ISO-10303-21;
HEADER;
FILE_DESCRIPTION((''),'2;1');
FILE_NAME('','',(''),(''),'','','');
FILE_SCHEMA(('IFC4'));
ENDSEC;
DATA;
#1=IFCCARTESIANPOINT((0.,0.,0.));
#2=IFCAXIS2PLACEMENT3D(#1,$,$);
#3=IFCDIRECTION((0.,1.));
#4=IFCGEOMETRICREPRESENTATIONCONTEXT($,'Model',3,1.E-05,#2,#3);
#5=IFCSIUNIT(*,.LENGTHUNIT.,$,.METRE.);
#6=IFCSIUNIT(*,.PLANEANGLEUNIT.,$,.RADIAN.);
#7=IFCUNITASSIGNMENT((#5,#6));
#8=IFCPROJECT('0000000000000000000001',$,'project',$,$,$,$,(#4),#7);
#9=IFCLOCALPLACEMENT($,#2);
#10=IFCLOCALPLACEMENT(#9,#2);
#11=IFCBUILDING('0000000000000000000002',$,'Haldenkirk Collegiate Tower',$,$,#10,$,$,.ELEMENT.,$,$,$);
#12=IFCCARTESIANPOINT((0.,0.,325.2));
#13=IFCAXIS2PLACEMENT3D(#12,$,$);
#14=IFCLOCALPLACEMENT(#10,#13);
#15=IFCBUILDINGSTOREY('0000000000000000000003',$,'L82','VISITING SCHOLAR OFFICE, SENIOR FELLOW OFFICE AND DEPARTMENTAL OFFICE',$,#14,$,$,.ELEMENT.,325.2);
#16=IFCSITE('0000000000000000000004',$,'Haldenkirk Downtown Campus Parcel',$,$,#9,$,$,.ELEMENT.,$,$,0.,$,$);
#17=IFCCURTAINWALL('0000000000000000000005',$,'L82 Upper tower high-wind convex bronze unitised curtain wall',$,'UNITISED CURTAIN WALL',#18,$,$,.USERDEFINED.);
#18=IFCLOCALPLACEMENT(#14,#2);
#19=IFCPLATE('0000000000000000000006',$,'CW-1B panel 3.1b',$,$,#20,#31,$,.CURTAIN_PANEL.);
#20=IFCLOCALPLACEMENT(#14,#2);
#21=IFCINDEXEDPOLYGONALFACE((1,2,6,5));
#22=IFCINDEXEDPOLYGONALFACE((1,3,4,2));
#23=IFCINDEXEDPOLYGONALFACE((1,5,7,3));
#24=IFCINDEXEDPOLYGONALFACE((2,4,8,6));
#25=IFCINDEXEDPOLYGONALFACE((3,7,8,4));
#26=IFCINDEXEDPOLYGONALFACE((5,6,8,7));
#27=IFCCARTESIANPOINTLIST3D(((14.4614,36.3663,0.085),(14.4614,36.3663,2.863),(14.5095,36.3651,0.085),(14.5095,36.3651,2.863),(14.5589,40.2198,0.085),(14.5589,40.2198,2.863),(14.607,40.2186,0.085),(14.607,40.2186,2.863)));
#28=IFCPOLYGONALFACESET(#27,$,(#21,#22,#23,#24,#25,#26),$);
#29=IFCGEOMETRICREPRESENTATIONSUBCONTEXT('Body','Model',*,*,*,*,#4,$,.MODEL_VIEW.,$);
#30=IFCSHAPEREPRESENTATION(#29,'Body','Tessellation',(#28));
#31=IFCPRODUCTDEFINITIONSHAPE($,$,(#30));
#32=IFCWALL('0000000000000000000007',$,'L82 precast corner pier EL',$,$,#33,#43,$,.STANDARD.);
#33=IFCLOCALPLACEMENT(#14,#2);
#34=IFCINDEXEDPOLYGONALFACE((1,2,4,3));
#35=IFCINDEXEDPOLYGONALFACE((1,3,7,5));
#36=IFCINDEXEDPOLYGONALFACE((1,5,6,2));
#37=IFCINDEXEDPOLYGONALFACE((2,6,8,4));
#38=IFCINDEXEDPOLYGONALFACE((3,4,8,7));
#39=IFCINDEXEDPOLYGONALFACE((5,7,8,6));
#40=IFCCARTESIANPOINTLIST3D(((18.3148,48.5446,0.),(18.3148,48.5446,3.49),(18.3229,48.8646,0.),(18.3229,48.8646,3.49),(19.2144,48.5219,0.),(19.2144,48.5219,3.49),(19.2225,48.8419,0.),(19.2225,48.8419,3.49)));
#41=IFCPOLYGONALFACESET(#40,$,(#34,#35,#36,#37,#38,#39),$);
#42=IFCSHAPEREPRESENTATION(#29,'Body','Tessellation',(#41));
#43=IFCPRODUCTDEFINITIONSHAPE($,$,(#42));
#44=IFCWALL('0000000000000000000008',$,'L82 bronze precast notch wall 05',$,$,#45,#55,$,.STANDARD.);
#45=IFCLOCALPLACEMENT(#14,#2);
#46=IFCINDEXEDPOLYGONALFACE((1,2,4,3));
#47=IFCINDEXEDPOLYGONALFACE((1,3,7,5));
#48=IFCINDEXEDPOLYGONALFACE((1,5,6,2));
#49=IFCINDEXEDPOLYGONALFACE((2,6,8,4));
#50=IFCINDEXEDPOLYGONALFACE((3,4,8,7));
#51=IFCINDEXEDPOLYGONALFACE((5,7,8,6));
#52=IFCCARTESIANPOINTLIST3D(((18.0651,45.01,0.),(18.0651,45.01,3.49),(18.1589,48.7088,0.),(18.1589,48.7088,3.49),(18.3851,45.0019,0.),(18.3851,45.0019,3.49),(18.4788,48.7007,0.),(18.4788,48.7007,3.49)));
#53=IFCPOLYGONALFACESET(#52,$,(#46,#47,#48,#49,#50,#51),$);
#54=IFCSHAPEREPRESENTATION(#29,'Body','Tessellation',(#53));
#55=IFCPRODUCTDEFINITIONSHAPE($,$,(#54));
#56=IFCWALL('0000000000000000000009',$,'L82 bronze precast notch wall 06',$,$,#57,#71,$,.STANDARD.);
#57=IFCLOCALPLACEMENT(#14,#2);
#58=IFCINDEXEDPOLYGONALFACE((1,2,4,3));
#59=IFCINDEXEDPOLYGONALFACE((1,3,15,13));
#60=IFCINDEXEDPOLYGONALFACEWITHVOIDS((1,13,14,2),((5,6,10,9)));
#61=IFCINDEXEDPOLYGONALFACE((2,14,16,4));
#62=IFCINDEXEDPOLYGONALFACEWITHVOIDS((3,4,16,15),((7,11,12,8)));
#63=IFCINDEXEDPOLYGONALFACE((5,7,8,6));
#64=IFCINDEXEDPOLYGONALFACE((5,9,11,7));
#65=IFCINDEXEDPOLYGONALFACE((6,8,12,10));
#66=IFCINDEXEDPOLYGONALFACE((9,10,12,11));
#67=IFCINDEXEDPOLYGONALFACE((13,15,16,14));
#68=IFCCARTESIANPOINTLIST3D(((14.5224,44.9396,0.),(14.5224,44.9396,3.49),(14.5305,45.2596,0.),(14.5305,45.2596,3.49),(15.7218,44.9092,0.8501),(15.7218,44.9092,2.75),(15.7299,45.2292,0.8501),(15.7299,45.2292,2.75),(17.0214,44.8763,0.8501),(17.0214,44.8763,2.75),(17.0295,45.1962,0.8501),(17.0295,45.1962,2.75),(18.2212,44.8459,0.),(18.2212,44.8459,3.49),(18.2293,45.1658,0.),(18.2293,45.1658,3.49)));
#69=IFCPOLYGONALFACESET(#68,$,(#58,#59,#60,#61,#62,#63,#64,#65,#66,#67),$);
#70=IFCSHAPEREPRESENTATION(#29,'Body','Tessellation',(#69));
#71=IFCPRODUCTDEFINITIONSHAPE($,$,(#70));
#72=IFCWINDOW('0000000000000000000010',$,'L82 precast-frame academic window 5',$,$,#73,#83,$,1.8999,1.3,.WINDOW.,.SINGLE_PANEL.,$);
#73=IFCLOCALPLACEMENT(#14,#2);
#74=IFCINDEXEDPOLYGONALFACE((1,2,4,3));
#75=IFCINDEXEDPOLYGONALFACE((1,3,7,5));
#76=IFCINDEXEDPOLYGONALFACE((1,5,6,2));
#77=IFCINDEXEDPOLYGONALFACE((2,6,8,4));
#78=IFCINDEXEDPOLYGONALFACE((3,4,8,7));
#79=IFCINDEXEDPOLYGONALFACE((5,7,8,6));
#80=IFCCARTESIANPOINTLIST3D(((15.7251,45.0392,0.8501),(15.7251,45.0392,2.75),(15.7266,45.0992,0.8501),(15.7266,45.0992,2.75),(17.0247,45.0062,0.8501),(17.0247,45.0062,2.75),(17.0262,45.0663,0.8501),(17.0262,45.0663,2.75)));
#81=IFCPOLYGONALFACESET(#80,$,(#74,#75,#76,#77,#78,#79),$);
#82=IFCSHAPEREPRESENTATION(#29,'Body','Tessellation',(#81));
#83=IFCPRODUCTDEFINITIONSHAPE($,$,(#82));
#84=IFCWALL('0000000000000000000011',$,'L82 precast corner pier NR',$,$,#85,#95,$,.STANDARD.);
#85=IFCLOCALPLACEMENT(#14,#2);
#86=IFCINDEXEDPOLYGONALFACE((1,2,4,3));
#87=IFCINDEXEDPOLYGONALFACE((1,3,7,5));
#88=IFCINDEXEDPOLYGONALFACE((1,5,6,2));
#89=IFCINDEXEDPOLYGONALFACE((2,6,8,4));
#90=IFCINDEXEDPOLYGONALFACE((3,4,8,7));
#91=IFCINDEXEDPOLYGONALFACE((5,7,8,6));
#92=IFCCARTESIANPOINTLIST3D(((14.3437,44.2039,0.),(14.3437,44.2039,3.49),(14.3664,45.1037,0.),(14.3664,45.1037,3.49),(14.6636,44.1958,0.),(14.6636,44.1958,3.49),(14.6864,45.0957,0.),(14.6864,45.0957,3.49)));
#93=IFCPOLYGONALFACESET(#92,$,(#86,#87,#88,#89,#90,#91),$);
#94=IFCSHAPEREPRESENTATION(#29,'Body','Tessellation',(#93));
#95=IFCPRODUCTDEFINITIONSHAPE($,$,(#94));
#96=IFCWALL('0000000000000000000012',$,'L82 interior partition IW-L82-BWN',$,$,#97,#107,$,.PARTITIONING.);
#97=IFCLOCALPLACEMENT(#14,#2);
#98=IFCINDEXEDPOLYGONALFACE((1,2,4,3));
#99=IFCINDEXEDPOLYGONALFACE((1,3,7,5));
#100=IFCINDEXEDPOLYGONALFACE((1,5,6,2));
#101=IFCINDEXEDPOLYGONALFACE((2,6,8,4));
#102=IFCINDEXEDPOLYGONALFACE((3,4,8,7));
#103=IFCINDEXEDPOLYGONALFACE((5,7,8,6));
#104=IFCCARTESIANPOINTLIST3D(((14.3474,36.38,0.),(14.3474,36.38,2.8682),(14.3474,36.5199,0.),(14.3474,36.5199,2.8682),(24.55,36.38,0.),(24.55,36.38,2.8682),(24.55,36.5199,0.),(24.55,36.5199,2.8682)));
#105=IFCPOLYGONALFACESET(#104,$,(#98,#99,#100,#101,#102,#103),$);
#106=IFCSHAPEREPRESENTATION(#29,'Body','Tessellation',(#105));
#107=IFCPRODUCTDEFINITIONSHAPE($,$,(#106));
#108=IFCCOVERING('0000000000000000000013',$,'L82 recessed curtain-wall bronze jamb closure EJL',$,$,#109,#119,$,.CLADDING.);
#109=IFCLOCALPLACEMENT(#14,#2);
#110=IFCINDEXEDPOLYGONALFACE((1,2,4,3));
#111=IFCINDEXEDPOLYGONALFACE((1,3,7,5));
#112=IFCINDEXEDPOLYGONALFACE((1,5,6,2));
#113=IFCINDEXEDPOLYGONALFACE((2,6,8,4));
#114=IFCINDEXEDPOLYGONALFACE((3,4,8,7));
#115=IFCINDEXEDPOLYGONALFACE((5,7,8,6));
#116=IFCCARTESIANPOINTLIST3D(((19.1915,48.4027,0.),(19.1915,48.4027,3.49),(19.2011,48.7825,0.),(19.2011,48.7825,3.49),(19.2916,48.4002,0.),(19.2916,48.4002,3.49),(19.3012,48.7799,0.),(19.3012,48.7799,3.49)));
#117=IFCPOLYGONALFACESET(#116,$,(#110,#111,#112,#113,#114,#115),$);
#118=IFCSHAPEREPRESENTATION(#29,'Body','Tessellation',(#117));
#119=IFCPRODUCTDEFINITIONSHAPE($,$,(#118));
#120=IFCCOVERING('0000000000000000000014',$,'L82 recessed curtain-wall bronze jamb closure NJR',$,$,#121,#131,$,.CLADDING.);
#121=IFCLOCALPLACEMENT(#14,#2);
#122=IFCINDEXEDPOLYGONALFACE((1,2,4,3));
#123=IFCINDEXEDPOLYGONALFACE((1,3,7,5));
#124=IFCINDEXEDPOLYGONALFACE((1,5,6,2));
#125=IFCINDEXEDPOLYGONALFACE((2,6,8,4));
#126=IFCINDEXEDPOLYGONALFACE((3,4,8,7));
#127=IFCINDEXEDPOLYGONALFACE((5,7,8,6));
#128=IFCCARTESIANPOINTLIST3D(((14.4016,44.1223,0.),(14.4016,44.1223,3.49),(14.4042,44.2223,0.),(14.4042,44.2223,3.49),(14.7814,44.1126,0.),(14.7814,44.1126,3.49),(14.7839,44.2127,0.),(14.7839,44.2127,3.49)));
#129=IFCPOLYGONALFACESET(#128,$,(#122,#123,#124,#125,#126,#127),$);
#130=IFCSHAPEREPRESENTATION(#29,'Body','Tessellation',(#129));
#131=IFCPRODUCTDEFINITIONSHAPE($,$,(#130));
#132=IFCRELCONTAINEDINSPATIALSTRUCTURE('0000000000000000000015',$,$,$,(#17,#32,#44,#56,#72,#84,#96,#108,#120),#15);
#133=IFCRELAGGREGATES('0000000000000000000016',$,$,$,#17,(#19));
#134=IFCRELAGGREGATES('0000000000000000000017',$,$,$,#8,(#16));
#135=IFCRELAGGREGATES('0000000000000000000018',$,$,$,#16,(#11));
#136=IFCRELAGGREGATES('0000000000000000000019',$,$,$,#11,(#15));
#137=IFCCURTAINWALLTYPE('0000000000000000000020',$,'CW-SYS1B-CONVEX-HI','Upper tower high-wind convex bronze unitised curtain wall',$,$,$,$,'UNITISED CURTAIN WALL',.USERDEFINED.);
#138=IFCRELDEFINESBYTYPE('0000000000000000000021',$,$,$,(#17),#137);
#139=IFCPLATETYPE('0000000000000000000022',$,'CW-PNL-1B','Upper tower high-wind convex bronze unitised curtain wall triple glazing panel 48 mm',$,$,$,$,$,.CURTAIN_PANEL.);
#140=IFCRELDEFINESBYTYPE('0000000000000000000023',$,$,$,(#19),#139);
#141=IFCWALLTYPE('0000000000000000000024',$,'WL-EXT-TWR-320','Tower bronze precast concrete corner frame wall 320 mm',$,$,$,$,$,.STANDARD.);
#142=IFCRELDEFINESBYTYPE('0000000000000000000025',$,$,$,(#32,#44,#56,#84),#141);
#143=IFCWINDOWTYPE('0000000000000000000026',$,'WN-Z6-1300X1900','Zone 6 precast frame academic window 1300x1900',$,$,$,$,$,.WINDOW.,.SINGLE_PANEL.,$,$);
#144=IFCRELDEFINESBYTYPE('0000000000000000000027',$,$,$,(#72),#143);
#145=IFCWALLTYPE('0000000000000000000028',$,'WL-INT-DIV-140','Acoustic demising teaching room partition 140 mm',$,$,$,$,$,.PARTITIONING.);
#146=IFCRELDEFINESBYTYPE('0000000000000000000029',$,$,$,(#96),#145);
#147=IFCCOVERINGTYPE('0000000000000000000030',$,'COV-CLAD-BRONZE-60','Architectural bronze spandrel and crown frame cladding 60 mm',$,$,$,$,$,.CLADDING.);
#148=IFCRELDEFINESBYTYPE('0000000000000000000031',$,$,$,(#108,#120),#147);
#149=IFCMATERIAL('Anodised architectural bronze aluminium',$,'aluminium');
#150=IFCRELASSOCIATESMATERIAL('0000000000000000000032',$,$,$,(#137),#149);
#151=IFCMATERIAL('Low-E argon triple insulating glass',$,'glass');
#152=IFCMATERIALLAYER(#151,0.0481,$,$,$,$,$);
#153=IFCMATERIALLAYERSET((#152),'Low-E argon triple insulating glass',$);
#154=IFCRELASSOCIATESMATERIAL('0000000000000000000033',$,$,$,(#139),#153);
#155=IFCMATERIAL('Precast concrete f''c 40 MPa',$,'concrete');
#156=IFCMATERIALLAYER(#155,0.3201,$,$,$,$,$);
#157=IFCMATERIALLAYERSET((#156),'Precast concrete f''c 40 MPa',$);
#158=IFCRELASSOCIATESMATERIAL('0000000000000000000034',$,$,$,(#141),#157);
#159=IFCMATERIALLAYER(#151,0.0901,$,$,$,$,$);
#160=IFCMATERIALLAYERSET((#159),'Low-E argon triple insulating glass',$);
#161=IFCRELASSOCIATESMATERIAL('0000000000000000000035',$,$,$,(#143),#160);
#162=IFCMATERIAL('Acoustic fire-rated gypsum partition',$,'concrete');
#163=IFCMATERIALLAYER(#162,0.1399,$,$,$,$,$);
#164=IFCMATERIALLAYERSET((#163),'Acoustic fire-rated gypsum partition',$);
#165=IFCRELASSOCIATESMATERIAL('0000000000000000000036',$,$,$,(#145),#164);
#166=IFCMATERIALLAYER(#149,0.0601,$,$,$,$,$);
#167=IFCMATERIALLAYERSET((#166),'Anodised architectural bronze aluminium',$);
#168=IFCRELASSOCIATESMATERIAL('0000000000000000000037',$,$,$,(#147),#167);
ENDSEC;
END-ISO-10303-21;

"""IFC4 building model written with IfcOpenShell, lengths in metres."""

from ifc_helpers import new_model, si_unit, direction, frame, frame_2d, origin, origin_2d, place, context, subcontext, project, spatial, rectangle, extrude, source, transform, mapped, material, layer, layer_set, type_object, element, fill, aggregate, save


model = new_model("IFC4")

# Units and contexts
model_context = context("Model", 3, precision=1e-05, world=origin(), true_north=direction((0.0, 1.0)))
body_context = subcontext(model_context, "Body", "Model", "MODEL_VIEW")
ifc_project = project(units=[si_unit("LENGTHUNIT", "METRE"), si_unit("PLANEANGLEUNIT", "RADIAN")], contexts=[model_context])

# Site, building, storey
site_placement = place(None, origin())
site = spatial("IfcSite", under=ifc_project, at=site_placement, Name="Haldenkirk Downtown Campus Parcel", CompositionType="ELEMENT", RefElevation=0.0)
building_placement = place(site_placement, origin())
building = spatial("IfcBuilding", under=site, at=building_placement, Name="Haldenkirk Collegiate Tower", CompositionType="ELEMENT")
storey_placement = place(building_placement, frame((0.0, 0.0, 325.2)))
storey = spatial("IfcBuildingStorey", under=building, at=storey_placement, Name="L82", Description="VISITING SCHOLAR OFFICE, SENIOR FELLOW OFFICE AND DEPARTMENTAL OFFICE", CompositionType="ELEMENT", Elevation=325.2)

# Curtain wall
ifc_material_1 = material(Name="Anodised architectural bronze aluminium", Category="aluminium")
curtain_wall_type = type_object("IfcCurtainWallType", Name="CW-SYS1B-CONVEX-HI", Description="Upper tower high-wind convex bronze unitised curtain wall", ElementType="UNITISED CURTAIN WALL", PredefinedType="USERDEFINED", material=ifc_material_1)
curtain_wall_1_placement = place(storey_placement, origin())
curtain_wall_1 = element("IfcCurtainWall", 1, at=curtain_wall_1_placement, inside=storey, type_object=curtain_wall_type, Name="L82 Upper tower high-wind convex bronze unitised curtain wall", ObjectType="UNITISED CURTAIN WALL", PredefinedType="USERDEFINED")

# Plate
ifc_material_2 = material(Name="Low-E argon triple insulating glass", Category="glass")
ifc_layer_1 = layer(ifc_material_2, 0.0481)
ifc_layer_set_1 = layer_set([ifc_layer_1], Name="Low-E argon triple insulating glass")
plate_type_1 = type_object("IfcPlateType", Name="CW-PNL-1B", Description="Upper tower high-wind convex bronze unitised curtain wall triple glazing panel 48 mm", PredefinedType="CURTAIN_PANEL", material=ifc_layer_set_1)
shared_shape_1 = source(origin(), body_context, "Body", "SweptSolid", [
    extrude(rectangle(XDim=3.8547, YDim=0.0481, at=origin_2d()), origin(), (0.0, 0.0, 1.0), 2.7781),
])
plate_1_placement = place(storey_placement, frame((14.5342, 38.2925, 0.085), z_axis=(0.0, 0.0, 1.0), x_axis=(0.025303, 0.99968, 0.0)))
plate_1 = element("IfcPlate", 2, at=plate_1_placement, type_object=plate_type_1, Name="CW-1B panel 3.1b", PredefinedType="CURTAIN_PANEL", context=body_context, shape_type="MappedRepresentation", body=[
    mapped(shared_shape_1, transform((0.0, 0.0, 0.0), x_axis=(1.0, 0.0, 0.0), y_axis=(0.0, 1.0, 0.0), z_axis=(0.0, 0.0, 1.0), scale=1.0)),
])
aggregate(curtain_wall_1, [plate_1])

# Walls
ifc_material_3 = material(Name="Precast concrete f'c 40 MPa", Category="concrete")
ifc_layer_2 = layer(ifc_material_3, 0.3201)
ifc_layer_set_2 = layer_set([ifc_layer_2], Name="Precast concrete f'c 40 MPa")
wall_type_1 = type_object("IfcWallType", Name="WL-EXT-TWR-320", Description="Tower bronze precast concrete corner frame wall 320 mm", PredefinedType="STANDARD", material=ifc_layer_set_2)
wall_1_placement = place(storey_placement, frame((18.3188, 48.7046, 0.0), z_axis=(0.0, 0.0, 1.0), x_axis=(0.999682, -0.025229, 0.0)))
element("IfcWall", 3, at=wall_1_placement, inside=storey, type_object=wall_type_1, Name="L82 precast corner pier EL", PredefinedType="STANDARD", context=body_context, shape_type="SweptSolid", body=[
    extrude(rectangle(XDim=0.8999, YDim=0.3201, at=frame_2d((0.45, 0.0))), origin(), (0.0, 0.0, 1.0), 3.49),
])
wall_2_placement = place(storey_placement, frame((18.2251, 45.0059, 0.0), z_axis=(0.0, 0.0, 1.0), x_axis=(0.025338, 0.999679, 0.0)))
element("IfcWall", 4, at=wall_2_placement, inside=storey, type_object=wall_type_1, Name="L82 bronze precast notch wall 05", PredefinedType="STANDARD", context=body_context, shape_type="SweptSolid", body=[
    extrude(rectangle(XDim=3.7, YDim=0.3201, at=frame_2d((1.8501, 0.0))), origin(), (0.0, 0.0, 1.0), 3.49),
])

# Wall, opening, window
wall_3_placement = place(storey_placement, frame((14.5264, 45.0996, 0.0), z_axis=(0.0, 0.0, 1.0), x_axis=(0.999679, -0.025338, 0.0)))
wall_3 = element("IfcWall", 5, at=wall_3_placement, inside=storey, type_object=wall_type_1, Name="L82 bronze precast notch wall 06", PredefinedType="STANDARD", context=body_context, shape_type="SweptSolid", body=[
    extrude(rectangle(XDim=3.7, YDim=0.3201, at=frame_2d((1.8501, 0.0))), origin(), (0.0, 0.0, 1.0), 3.49),
])
opening_placement = place(wall_3_placement, frame((1.2, 0.0, 0.8501)))
opening = element("IfcOpeningElement", 6, at=opening_placement, cuts=wall_3, PredefinedType="OPENING", context=body_context, shape_type="SweptSolid", body=[
    extrude(rectangle(XDim=1.3, YDim=1.8999, at=frame_2d((0.6499, 0.95))), frame((0.0, 0.1699, 0.0), z_axis=(0.0, -1.0, 0.0), x_axis=(1.0, 0.0, 0.0)), (0.0, 0.0, 1.0), 0.3401),
])
ifc_layer_3 = layer(ifc_material_2, 0.0901)
ifc_layer_set_3 = layer_set([ifc_layer_3], Name="Low-E argon triple insulating glass")
window_type = type_object("IfcWindowType", Name="WN-Z6-1300X1900", Description="Zone 6 precast frame academic window 1300x1900", PartitioningType="SINGLE_PANEL", PredefinedType="WINDOW", material=ifc_layer_set_3)
window_placement = place(opening_placement, origin())
window = element("IfcWindow", 7, at=window_placement, inside=storey, type_object=window_type, Name="L82 precast-frame academic window 5", OverallHeight=1.8999, OverallWidth=1.3, PartitioningType="SINGLE_PANEL", PredefinedType="WINDOW", context=body_context, shape_type="SweptSolid", body=[
    extrude(rectangle(XDim=1.3, YDim=1.8999, at=frame_2d((0.6499, 0.95))), frame((0.0, 0.03, 0.0), z_axis=(0.0, -1.0, 0.0), x_axis=(1.0, 0.0, 0.0)), (0.0, 0.0, 1.0), 0.0601),
])
fill(opening, window)

# Walls
wall_4_placement = place(storey_placement, frame((14.5037, 44.1997, 0.0), z_axis=(0.0, 0.0, 1.0), x_axis=(0.025223, 0.999682, 0.0)))
element("IfcWall", 8, at=wall_4_placement, inside=storey, type_object=wall_type_1, Name="L82 precast corner pier NR", PredefinedType="STANDARD", context=body_context, shape_type="SweptSolid", body=[
    extrude(rectangle(XDim=0.9001, YDim=0.3201, at=frame_2d((0.4502, 0.0))), origin(), (0.0, 0.0, 1.0), 3.49),
])
ifc_material_4 = material(Name="Acoustic fire-rated gypsum partition", Category="concrete")
ifc_layer_4 = layer(ifc_material_4, 0.1399)
ifc_layer_set_4 = layer_set([ifc_layer_4], Name="Acoustic fire-rated gypsum partition")
wall_type_2 = type_object("IfcWallType", Name="WL-INT-DIV-140", Description="Acoustic demising teaching room partition 140 mm", PredefinedType="PARTITIONING", material=ifc_layer_set_4)
wall_5_placement = place(storey_placement, frame((14.3474, 36.45, 0.0), z_axis=(0.0, 0.0, 1.0), x_axis=(1.0, 0.0, 0.0)))
element("IfcWall", 9, at=wall_5_placement, inside=storey, type_object=wall_type_2, Name="L82 interior partition IW-L82-BWN", PredefinedType="PARTITIONING", context=body_context, shape_type="SweptSolid", body=[
    extrude(rectangle(XDim=10.2026, YDim=0.1399, at=frame_2d((5.1013, 0.0))), origin(), (0.0, 0.0, 1.0), 2.8682),
])

# Coverings
ifc_layer_5 = layer(ifc_material_1, 0.0601)
ifc_layer_set_5 = layer_set([ifc_layer_5], Name="Anodised architectural bronze aluminium")
covering_type = type_object("IfcCoveringType", Name="COV-CLAD-BRONZE-60", Description="Architectural bronze spandrel and crown frame cladding 60 mm", PredefinedType="CLADDING", material=ifc_layer_set_5)
shared_shape_2 = source(origin(), body_context, "Body", "SweptSolid", [
    extrude(rectangle(XDim=0.1001, YDim=0.3799, at=origin_2d()), origin(), (0.0, 0.0, 1.0), 3.49),
])
for number, where, z_axis, x_axis, name in (
    (10, (19.2463, 48.5913, 0.0), (0.0, 0.0, 1.0), (0.99968, -0.025305, 0.0), "L82 recessed curtain-wall bronze jamb closure EJL"),
    (11, (14.5928, 44.1675, 0.0), (0.0, 0.0, 1.0), (0.025305, 0.99968, 0.0), "L82 recessed curtain-wall bronze jamb closure NJR"),
):
    element("IfcCovering", number, at=place(storey_placement, frame(where, z_axis=z_axis, x_axis=x_axis)), inside=storey, type_object=covering_type, Name=name, PredefinedType="CLADDING", context=body_context, shape_type="MappedRepresentation", body=[
        mapped(shared_shape_2, transform((0.0, 0.0, 0.0), x_axis=(1.0, 0.0, 0.0), y_axis=(0.0, 1.0, 0.0), z_axis=(0.0, 0.0, 1.0), scale=1.0)),
    ])

save(model, "model.ifc")
